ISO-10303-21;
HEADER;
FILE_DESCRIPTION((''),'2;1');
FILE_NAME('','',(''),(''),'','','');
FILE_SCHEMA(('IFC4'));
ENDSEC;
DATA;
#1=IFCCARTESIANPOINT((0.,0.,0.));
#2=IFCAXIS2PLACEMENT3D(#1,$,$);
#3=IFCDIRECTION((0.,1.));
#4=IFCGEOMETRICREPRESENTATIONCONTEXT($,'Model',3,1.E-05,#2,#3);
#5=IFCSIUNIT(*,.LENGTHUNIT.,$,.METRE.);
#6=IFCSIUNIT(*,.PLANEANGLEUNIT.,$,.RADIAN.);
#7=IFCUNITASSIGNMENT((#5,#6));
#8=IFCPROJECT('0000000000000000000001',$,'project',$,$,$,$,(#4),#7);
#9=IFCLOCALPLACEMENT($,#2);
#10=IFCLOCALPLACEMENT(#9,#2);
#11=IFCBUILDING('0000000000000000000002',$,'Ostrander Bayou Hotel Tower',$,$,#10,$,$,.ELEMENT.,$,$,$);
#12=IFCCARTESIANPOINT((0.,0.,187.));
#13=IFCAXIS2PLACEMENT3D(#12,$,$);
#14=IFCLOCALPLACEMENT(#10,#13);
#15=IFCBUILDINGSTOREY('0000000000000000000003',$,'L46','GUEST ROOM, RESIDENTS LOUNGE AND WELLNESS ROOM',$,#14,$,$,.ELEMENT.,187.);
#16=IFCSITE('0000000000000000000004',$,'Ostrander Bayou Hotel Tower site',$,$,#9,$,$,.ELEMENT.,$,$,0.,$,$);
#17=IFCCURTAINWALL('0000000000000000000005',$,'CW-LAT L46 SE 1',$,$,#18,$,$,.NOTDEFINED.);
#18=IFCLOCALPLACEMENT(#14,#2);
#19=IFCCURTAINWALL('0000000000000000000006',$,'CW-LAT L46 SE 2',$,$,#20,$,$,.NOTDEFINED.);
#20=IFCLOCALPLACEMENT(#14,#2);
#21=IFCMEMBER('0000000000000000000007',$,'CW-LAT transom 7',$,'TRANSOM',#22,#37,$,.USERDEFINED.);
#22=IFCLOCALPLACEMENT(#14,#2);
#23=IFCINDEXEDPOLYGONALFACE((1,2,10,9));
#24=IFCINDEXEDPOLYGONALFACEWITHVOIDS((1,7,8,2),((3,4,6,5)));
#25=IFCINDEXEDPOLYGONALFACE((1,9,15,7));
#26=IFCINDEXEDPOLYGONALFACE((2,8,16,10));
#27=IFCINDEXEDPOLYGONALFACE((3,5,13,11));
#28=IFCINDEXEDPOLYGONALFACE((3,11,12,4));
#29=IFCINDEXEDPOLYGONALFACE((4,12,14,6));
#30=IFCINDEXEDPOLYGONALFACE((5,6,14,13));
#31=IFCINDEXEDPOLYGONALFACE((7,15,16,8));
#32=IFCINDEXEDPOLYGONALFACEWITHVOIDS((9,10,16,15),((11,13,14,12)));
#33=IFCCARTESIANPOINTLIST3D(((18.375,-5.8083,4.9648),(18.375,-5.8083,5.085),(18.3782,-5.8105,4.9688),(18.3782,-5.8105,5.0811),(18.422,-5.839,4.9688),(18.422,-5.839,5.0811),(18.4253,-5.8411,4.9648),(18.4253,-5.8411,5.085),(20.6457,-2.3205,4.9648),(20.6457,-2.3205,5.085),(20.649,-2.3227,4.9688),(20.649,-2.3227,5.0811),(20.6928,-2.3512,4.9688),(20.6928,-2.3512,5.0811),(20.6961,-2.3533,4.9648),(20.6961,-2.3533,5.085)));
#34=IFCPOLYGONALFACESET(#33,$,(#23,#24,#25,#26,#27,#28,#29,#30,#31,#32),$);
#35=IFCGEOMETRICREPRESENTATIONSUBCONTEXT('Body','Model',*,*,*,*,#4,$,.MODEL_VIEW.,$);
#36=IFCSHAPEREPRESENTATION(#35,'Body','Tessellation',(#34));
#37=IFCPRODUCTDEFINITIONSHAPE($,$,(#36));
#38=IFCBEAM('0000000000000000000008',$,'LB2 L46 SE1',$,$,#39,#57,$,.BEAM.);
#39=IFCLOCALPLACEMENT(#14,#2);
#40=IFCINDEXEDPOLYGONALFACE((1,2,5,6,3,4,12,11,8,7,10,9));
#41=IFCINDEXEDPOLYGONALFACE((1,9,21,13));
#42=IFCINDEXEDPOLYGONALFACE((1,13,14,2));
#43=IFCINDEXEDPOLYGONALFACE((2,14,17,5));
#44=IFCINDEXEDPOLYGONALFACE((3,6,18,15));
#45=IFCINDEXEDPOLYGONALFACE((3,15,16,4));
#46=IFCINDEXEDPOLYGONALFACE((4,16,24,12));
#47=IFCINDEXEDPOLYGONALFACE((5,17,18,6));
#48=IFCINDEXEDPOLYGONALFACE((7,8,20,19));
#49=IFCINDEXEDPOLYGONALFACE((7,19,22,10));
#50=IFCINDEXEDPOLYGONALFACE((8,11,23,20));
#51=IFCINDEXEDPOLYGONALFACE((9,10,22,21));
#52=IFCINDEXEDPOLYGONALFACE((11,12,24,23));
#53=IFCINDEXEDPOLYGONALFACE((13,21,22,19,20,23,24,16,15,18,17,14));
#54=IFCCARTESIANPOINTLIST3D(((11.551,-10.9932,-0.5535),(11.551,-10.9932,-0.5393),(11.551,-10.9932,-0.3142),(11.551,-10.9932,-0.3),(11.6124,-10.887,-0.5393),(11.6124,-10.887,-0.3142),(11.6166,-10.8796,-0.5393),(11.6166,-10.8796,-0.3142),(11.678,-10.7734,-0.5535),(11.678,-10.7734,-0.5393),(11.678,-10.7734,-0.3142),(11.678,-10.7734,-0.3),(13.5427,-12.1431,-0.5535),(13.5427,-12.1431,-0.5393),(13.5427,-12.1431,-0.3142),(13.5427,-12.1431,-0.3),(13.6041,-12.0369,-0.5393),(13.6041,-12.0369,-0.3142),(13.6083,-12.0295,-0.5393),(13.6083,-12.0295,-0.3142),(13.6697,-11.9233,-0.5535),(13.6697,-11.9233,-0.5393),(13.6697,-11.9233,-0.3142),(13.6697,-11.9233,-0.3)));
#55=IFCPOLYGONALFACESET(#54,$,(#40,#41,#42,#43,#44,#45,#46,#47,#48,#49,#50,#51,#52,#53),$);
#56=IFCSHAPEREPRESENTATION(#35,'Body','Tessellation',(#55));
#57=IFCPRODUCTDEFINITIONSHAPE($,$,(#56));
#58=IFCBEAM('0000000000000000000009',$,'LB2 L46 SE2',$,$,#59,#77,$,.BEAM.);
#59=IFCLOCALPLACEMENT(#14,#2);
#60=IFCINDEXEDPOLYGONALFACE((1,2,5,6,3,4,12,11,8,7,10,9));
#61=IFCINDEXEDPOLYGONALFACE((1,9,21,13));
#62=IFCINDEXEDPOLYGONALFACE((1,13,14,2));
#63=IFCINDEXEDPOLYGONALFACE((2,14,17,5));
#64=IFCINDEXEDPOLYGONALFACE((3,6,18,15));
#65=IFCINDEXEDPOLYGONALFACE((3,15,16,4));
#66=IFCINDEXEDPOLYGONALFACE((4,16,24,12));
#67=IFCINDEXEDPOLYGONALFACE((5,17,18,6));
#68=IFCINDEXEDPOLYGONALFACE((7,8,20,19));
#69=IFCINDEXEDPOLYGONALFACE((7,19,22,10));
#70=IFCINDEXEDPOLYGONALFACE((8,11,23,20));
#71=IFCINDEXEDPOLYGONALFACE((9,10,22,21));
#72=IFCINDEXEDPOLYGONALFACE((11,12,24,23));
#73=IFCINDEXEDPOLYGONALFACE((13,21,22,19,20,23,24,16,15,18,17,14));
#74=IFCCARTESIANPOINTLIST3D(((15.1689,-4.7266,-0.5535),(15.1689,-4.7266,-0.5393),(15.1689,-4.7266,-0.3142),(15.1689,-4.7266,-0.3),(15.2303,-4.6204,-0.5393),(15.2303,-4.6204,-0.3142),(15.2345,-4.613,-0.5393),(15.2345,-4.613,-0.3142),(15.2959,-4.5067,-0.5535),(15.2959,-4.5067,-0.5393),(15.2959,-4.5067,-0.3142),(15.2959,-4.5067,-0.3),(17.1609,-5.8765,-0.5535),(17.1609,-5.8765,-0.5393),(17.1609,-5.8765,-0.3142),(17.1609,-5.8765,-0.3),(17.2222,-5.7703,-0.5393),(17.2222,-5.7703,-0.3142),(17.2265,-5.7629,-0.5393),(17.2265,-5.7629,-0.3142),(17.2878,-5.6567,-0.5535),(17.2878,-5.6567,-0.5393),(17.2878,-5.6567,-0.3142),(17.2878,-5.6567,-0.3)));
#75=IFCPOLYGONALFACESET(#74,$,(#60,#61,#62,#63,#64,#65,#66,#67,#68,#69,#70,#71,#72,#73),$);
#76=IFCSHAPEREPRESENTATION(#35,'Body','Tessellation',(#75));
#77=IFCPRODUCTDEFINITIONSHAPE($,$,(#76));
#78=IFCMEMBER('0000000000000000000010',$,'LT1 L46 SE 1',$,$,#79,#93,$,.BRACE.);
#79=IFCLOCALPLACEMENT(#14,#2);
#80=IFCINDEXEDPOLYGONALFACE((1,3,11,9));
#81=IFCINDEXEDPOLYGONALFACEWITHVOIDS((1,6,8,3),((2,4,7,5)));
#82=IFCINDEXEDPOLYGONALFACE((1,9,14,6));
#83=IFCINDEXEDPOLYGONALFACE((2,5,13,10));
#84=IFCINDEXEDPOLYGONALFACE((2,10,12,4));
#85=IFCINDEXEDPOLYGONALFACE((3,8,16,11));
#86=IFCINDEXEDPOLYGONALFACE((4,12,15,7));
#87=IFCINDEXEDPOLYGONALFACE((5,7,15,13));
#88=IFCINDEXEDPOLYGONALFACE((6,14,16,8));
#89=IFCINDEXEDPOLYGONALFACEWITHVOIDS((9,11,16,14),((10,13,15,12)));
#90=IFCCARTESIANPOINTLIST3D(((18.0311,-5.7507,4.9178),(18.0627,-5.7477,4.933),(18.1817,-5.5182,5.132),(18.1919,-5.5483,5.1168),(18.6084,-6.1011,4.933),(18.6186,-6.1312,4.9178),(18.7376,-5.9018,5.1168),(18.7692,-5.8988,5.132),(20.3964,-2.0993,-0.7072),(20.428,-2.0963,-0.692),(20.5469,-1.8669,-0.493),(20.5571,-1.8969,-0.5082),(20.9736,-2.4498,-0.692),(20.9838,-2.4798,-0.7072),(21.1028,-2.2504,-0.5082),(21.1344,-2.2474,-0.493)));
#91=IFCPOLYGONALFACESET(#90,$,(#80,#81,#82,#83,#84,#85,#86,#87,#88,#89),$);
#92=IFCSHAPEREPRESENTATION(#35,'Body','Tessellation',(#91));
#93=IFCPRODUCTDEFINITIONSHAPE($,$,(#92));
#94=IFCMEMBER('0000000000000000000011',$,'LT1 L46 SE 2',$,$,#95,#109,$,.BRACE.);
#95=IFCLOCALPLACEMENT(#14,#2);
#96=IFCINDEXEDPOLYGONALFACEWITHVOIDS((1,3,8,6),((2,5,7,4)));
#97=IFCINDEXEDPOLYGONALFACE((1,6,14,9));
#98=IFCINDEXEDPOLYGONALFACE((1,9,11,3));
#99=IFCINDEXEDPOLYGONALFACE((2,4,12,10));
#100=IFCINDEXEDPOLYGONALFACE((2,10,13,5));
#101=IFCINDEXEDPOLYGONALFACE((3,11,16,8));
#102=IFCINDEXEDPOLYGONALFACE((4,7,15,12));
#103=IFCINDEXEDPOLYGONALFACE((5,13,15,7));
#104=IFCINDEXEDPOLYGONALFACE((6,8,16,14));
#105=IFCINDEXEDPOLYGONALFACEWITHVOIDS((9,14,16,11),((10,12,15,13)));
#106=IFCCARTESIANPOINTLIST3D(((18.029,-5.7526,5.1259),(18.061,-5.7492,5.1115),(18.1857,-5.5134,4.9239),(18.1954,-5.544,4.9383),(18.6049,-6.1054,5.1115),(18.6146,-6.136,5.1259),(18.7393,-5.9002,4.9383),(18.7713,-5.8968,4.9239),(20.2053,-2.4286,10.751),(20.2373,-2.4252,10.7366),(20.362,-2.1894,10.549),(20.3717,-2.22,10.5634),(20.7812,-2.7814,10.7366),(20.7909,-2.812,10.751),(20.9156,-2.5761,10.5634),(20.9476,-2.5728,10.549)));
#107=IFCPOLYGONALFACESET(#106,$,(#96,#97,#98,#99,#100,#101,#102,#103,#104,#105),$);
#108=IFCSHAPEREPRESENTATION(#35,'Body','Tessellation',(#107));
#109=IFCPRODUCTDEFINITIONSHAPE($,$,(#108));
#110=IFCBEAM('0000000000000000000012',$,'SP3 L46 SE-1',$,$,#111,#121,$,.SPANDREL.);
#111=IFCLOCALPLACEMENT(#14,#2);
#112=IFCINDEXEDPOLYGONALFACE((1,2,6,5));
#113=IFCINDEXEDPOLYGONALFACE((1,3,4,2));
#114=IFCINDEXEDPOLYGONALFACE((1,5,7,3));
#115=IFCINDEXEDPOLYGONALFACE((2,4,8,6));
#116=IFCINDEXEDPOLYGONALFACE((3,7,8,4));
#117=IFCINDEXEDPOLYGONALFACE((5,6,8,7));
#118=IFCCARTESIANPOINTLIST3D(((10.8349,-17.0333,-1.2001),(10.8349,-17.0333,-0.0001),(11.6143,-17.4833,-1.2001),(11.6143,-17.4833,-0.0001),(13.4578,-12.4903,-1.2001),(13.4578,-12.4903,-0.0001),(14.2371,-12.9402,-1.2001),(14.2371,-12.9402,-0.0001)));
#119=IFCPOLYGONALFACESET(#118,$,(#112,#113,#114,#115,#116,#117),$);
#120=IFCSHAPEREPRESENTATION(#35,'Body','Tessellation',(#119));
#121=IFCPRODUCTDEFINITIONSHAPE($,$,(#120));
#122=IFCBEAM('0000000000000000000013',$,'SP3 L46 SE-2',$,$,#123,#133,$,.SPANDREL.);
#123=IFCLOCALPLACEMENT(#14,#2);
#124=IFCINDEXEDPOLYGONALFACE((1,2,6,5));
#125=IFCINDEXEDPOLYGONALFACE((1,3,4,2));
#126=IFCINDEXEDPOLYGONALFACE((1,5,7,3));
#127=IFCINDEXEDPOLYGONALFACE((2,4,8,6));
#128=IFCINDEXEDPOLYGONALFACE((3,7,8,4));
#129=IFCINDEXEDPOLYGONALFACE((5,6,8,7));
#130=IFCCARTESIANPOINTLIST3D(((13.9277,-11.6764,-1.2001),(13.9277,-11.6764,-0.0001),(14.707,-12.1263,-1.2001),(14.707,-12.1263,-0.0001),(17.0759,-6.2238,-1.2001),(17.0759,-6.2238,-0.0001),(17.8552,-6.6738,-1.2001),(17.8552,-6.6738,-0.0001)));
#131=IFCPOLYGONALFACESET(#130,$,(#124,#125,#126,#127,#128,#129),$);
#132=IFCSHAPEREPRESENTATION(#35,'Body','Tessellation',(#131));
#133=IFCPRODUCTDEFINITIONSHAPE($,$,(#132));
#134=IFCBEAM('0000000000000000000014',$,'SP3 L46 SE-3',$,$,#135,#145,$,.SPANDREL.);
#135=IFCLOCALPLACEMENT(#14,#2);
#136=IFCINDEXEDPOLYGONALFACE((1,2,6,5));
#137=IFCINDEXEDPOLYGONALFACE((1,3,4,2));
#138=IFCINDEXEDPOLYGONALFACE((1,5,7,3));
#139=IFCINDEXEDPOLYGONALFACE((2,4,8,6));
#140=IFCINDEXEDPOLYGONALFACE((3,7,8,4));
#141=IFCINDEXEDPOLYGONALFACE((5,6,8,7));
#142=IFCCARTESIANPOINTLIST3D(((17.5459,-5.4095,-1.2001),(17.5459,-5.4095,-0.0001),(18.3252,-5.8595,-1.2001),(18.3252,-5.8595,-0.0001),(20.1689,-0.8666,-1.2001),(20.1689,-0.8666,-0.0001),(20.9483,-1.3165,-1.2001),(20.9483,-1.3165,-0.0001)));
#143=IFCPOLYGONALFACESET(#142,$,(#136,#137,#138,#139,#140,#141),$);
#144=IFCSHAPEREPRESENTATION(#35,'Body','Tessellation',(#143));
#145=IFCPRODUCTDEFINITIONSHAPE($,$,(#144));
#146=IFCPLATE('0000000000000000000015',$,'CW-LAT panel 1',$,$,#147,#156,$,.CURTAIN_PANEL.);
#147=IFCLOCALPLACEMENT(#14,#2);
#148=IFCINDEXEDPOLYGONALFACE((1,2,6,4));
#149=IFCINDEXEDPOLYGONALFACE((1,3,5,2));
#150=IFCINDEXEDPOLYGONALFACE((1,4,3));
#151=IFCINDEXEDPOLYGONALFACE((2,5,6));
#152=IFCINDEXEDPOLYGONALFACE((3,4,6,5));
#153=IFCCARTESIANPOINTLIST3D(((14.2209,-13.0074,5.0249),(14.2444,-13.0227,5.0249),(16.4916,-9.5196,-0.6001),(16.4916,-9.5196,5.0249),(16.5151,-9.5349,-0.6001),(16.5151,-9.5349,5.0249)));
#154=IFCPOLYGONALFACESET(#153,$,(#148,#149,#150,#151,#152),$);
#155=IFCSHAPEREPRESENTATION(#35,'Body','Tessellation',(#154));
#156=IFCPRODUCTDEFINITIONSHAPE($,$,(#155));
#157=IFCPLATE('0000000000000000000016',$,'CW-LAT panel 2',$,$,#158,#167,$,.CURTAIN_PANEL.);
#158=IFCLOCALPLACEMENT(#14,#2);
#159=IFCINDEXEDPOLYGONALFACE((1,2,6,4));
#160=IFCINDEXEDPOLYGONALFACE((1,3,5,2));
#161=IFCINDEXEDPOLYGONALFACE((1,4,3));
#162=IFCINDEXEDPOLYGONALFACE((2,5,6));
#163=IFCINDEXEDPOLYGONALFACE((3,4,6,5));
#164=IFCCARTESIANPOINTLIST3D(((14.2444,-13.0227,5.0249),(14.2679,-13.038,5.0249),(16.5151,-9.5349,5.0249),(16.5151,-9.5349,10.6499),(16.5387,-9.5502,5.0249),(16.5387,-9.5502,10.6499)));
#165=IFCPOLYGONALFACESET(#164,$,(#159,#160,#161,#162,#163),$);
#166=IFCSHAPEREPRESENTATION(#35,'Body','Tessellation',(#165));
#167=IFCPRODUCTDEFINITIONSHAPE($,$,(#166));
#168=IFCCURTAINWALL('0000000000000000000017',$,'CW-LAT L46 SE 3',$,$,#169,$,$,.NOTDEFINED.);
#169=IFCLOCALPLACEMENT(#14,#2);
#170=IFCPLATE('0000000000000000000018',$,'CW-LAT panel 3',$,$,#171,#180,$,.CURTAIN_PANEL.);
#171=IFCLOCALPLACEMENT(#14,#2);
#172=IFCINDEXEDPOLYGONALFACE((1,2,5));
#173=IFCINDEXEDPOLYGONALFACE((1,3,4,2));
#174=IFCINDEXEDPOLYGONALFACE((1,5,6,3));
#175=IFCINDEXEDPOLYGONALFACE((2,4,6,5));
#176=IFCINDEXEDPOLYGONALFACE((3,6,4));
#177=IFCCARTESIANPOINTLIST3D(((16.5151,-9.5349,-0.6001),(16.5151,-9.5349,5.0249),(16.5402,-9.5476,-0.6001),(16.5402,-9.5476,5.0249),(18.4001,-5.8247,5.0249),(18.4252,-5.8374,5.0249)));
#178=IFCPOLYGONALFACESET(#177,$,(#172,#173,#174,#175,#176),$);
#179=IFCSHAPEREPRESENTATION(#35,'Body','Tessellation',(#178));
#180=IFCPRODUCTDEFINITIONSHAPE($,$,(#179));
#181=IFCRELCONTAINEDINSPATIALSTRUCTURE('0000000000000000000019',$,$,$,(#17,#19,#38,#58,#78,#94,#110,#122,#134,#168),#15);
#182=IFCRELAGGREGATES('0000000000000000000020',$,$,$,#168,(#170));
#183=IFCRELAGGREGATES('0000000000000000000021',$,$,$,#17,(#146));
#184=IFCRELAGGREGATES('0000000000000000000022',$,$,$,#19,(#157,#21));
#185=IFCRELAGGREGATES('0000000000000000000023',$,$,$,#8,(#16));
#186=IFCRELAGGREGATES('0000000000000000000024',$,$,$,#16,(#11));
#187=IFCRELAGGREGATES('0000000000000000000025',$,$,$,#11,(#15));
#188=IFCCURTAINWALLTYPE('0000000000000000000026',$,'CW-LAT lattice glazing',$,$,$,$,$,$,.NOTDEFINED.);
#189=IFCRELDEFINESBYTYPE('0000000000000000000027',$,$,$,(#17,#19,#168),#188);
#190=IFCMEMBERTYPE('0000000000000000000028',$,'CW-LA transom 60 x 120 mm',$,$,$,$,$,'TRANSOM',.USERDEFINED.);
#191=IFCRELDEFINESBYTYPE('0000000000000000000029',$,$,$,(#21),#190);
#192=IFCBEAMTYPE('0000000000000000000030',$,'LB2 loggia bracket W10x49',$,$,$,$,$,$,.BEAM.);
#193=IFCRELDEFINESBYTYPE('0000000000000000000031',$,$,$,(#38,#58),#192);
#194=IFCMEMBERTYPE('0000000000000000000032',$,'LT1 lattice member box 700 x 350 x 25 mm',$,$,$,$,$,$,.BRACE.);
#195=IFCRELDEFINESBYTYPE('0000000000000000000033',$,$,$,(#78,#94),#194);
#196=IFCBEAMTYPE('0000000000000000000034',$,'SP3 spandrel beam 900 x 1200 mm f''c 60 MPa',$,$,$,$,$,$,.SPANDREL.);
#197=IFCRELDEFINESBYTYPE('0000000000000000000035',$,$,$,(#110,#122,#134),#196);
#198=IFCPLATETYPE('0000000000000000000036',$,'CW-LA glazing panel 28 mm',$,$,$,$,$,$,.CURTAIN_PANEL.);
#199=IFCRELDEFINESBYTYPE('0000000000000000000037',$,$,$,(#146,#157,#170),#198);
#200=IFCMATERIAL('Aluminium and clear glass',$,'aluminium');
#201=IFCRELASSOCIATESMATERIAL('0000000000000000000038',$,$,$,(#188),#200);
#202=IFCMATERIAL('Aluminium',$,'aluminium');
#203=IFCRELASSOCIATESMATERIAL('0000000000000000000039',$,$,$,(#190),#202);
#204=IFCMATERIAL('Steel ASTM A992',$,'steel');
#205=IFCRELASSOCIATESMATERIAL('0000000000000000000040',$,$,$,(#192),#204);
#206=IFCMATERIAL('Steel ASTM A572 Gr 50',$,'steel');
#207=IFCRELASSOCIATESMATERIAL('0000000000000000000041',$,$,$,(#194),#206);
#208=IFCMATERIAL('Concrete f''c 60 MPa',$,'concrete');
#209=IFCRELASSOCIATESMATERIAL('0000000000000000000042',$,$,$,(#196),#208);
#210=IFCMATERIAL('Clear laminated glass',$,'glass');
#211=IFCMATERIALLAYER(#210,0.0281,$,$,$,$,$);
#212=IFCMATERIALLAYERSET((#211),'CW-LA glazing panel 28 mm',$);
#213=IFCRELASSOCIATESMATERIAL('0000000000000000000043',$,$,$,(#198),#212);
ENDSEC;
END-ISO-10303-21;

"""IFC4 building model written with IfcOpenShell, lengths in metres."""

from ifc_helpers import new_model, si_unit, direction, frame, origin, origin_2d, place, context, subcontext, project, spatial, polyline, rectangle, hollow_rectangle, i_section, outline, extrude, material, layer, layer_set, material_profile, profile_set, type_object, element, aggregate, save


model = new_model("IFC4")

# Units and contexts
model_context = context("Model", 3, precision=1e-05, world=origin(), true_north=direction((0.0, 1.0)))
body_context = subcontext(model_context, "Body", "Model", "MODEL_VIEW")
ifc_project = project(units=[si_unit("LENGTHUNIT", "METRE"), si_unit("PLANEANGLEUNIT", "RADIAN")], contexts=[model_context])

# Site, building, storey
site_placement = place(None, origin())
site = spatial("IfcSite", under=ifc_project, at=site_placement, Name="Ostrander Bayou Hotel Tower site", CompositionType="ELEMENT", RefElevation=0.0)
building_placement = place(site_placement, origin())
building = spatial("IfcBuilding", under=site, at=building_placement, Name="Ostrander Bayou Hotel Tower", CompositionType="ELEMENT")
storey_placement = place(building_placement, frame((0.0, 0.0, 187.0)))
storey = spatial("IfcBuildingStorey", under=building, at=storey_placement, Name="L46", Description="GUEST ROOM, RESIDENTS LOUNGE AND WELLNESS ROOM", CompositionType="ELEMENT", Elevation=187.0)

# Curtain walls, member
ifc_material_1 = material(Name="Aluminium and clear glass", Category="aluminium")
curtain_wall_type = type_object("IfcCurtainWallType", Name="CW-LAT lattice glazing", PredefinedType="NOTDEFINED", material=ifc_material_1)
curtain_wall_1_placement = place(storey_placement, origin())
curtain_wall_1 = element("IfcCurtainWall", 1, at=curtain_wall_1_placement, inside=storey, type_object=curtain_wall_type, Name="CW-LAT L46 SE 1", PredefinedType="NOTDEFINED")
curtain_wall_2_placement = place(storey_placement, origin())
curtain_wall_2 = element("IfcCurtainWall", 2, at=curtain_wall_2_placement, inside=storey, type_object=curtain_wall_type, Name="CW-LAT L46 SE 2", PredefinedType="NOTDEFINED")
ifc_material_2 = material(Name="Aluminium", Category="aluminium")
ifc_material_profile_1 = material_profile(ifc_material_2, hollow_rectangle(XDim=0.0601, YDim=0.1201, WallThickness=0.0039, at=origin_2d()))
ifc_profile_set_1 = profile_set([ifc_material_profile_1], Name="Aluminium")
member_type_1 = type_object("IfcMemberType", Name="CW-LA transom 60 x 120 mm", ElementType="TRANSOM", PredefinedType="USERDEFINED", material=ifc_profile_set_1)
member_1_placement = place(storey_placement, frame((20.6709, -2.3369, 5.0249), z_axis=(-0.545611, -0.838039, 0.0), x_axis=(0.838039, -0.545611, 0.0)))
member_1 = element("IfcMember", 3, at=member_1_placement, type_object=member_type_1, Name="CW-LAT transom 7", ObjectType="TRANSOM", PredefinedType="USERDEFINED", context=body_context, shape_type="SweptSolid", body=[
    extrude(hollow_rectangle(XDim=0.0601, YDim=0.1201, WallThickness=0.0039, at=origin_2d()), origin(), (0.0, 0.0, 1.0), 4.1619),
])

# Beams
ifc_material_3 = material(Name="Steel ASTM A992", Category="steel")
ifc_material_profile_2 = material_profile(ifc_material_3, i_section(OverallWidth=0.2539, OverallDepth=0.2534, WebThickness=0.0085, FlangeThickness=0.0142, at=origin_2d()))
ifc_profile_set_2 = profile_set([ifc_material_profile_2], Name="Steel ASTM A992")
beam_type_1 = type_object("IfcBeamType", Name="LB2 loggia bracket W10x49", PredefinedType="BEAM", material=ifc_profile_set_2)
beam_1_placement = place(storey_placement, frame((13.6062, -12.0332, -0.4268), z_axis=(-0.866026, 0.499998, 0.0), x_axis=(-0.499998, -0.866026, 0.0)))
element("IfcBeam", 4, at=beam_1_placement, inside=storey, type_object=beam_type_1, Name="LB2 L46 SE1", PredefinedType="BEAM", context=body_context, shape_type="SweptSolid", body=[
    extrude(i_section(OverallWidth=0.2539, OverallDepth=0.2534, WebThickness=0.0085, FlangeThickness=0.0142, at=origin_2d()), origin(), (0.0, 0.0, 1.0), 2.2998),
])
beam_2_placement = place(storey_placement, frame((17.2244, -5.7666, -0.4268), z_axis=(-0.866053, 0.499952, 0.0), x_axis=(-0.499952, -0.866053, 0.0)))
element("IfcBeam", 5, at=beam_2_placement, inside=storey, type_object=beam_type_1, Name="LB2 L46 SE2", PredefinedType="BEAM", context=body_context, shape_type="SweptSolid", body=[
    extrude(i_section(OverallWidth=0.2539, OverallDepth=0.2534, WebThickness=0.0085, FlangeThickness=0.0142, at=origin_2d()), origin(), (0.0, 0.0, 1.0), 2.3),
])

# Members
ifc_material_4 = material(Name="Steel ASTM A572 Gr 50", Category="steel")
ifc_material_profile_3 = material_profile(ifc_material_4, hollow_rectangle(XDim=0.7, YDim=0.3501, WallThickness=0.0249, at=origin_2d()))
ifc_profile_set_3 = profile_set([ifc_material_profile_3], Name="Steel ASTM A572 Gr 50")
member_type_2 = type_object("IfcMemberType", Name="LT1 lattice member box 700 x 350 x 25 mm", PredefinedType="BRACE", material=ifc_profile_set_3)
member_2_placement = place(storey_placement, frame((18.4001, -5.8247, 5.0249), z_axis=(0.332613, 0.513476, -0.791019), x_axis=(-0.839299, 0.54367, 0.0)))
element("IfcMember", 6, at=member_2_placement, inside=storey, type_object=member_type_2, Name="LT1 L46 SE 1", PredefinedType="BRACE", context=body_context, shape_type="SweptSolid", body=[
    extrude(hollow_rectangle(XDim=0.7, YDim=0.3501, WallThickness=0.0249, at=origin_2d()), origin(), (0.0, 0.0, 1.0), 7.1111),
])
member_3_placement = place(storey_placement, frame((18.4001, -5.8247, 5.0249), z_axis=(0.316014, 0.482671, 0.816801), x_axis=(-0.836635, 0.547761, 0.0)))
element("IfcMember", 7, at=member_3_placement, inside=storey, type_object=member_type_2, Name="LT1 L46 SE 2", PredefinedType="BRACE", context=body_context, shape_type="SweptSolid", body=[
    extrude(hollow_rectangle(XDim=0.7, YDim=0.3501, WallThickness=0.0249, at=origin_2d()), origin(), (0.0, 0.0, 1.0), 6.8867),
])

# Beams
ifc_material_5 = material(Name="Concrete f'c 60 MPa", Category="concrete")
ifc_material_profile_4 = material_profile(ifc_material_5, rectangle(XDim=0.8999, YDim=1.2, at=origin_2d()))
ifc_profile_set_4 = profile_set([ifc_material_profile_4], Name="Concrete f'c 60 MPa")
beam_type_2 = type_object("IfcBeamType", Name="SP3 spandrel beam 900 x 1200 mm f'c 60 MPa", PredefinedType="SPANDREL", material=ifc_profile_set_4)
beam_3_placement = place(storey_placement, frame((11.2246, -17.2583, -0.6001), z_axis=(0.499988, 0.866032, 0.0), x_axis=(-0.866032, 0.499988, 0.0)))
element("IfcBeam", 8, at=beam_3_placement, inside=storey, type_object=beam_type_2, Name="SP3 L46 SE-1", PredefinedType="SPANDREL", context=body_context, shape_type="SweptSolid", body=[
    extrude(rectangle(XDim=0.8999, YDim=1.2, at=origin_2d()), origin(), (0.0, 0.0, 1.0), 5.2458),
])
beam_4_placement = place(storey_placement, frame((14.3174, -11.9014, -0.6001), z_axis=(0.500013, 0.866018, 0.0), x_axis=(-0.866018, 0.500013, 0.0)))
element("IfcBeam", 9, at=beam_4_placement, inside=storey, type_object=beam_type_2, Name="SP3 L46 SE-2", PredefinedType="SPANDREL", context=body_context, shape_type="SweptSolid", body=[
    extrude(rectangle(XDim=0.8999, YDim=1.2, at=origin_2d()), origin(), (0.0, 0.0, 1.0), 6.2961),
])
beam_5_placement = place(storey_placement, frame((17.9355, -5.6345, -0.6001), z_axis=(0.500023, 0.866012, 0.0), x_axis=(-0.866012, 0.500023, 0.0)))
element("IfcBeam", 10, at=beam_5_placement, inside=storey, type_object=beam_type_2, Name="SP3 L46 SE-3", PredefinedType="SPANDREL", context=body_context, shape_type="SweptSolid", body=[
    extrude(rectangle(XDim=0.8999, YDim=1.2, at=origin_2d()), origin(), (0.0, 0.0, 1.0), 5.2458),
])

# Plates
ifc_material_6 = material(Name="Clear laminated glass", Category="glass")
ifc_layer_1 = layer(ifc_material_6, 0.0281)
ifc_layer_set_1 = layer_set([ifc_layer_1], Name="CW-LA glazing panel 28 mm")
plate_type = type_object("IfcPlateType", Name="CW-LA glazing panel 28 mm", PredefinedType="CURTAIN_PANEL", material=ifc_layer_set_1)
plate_1_placement = place(storey_placement, frame((14.2444, -13.0227, 5.0249), z_axis=(0.838039, -0.545611, 0.0), x_axis=(0.32452, 0.498451, -0.803886)))
plate_1 = element("IfcPlate", 11, at=plate_1_placement, type_object=plate_type, Name="CW-LAT panel 1", PredefinedType="CURTAIN_PANEL", context=body_context, shape_type="SweptSolid", body=[
    extrude(outline(polyline([(0.0, 0.0), (6.9973, 0.0), (2.4754, 3.3457), (0.0, 0.0)])), origin(), (0.0, 0.0, -1.0), 0.0281),
])
plate_2_placement = place(storey_placement, frame((14.2444, -13.0227, 5.0249), z_axis=(-0.838039, 0.545611, 0.0), x_axis=(0.32452, 0.498451, 0.803886)))
plate_2 = element("IfcPlate", 12, at=plate_2_placement, type_object=plate_type, Name="CW-LAT panel 2", PredefinedType="CURTAIN_PANEL", context=body_context, shape_type="SweptSolid", body=[
    extrude(outline(polyline([(0.0, 0.0), (6.9973, 0.0), (2.4754, 3.3457), (0.0, 0.0)])), origin(), (0.0, 0.0, -1.0), 0.0281),
])

# Curtain wall, plate
curtain_wall_3_placement = place(storey_placement, origin())
curtain_wall_3 = element("IfcCurtainWall", 13, at=curtain_wall_3_placement, inside=storey, type_object=curtain_wall_type, Name="CW-LAT L46 SE 3", PredefinedType="NOTDEFINED")
plate_3_placement = place(storey_placement, frame((18.4001, -5.8247, 5.0249), z_axis=(-0.891534, 0.452954, 0.0), x_axis=(-0.269398, -0.530248, -0.803904)))
plate_3 = element("IfcPlate", 14, at=plate_3_placement, type_object=plate_type, Name="CW-LAT panel 3", PredefinedType="CURTAIN_PANEL", context=body_context, shape_type="SweptSolid", body=[
    extrude(outline(polyline([(0.0, 0.0), (6.9971, 0.0), (2.4751, 3.3455), (0.0, 0.0)])), origin(), (0.0, 0.0, -1.0), 0.0281),
])
aggregate(curtain_wall_3, [plate_3])

aggregate(curtain_wall_1, [plate_1])
aggregate(curtain_wall_2, [plate_2, member_1])

save(model, "model.ifc")
